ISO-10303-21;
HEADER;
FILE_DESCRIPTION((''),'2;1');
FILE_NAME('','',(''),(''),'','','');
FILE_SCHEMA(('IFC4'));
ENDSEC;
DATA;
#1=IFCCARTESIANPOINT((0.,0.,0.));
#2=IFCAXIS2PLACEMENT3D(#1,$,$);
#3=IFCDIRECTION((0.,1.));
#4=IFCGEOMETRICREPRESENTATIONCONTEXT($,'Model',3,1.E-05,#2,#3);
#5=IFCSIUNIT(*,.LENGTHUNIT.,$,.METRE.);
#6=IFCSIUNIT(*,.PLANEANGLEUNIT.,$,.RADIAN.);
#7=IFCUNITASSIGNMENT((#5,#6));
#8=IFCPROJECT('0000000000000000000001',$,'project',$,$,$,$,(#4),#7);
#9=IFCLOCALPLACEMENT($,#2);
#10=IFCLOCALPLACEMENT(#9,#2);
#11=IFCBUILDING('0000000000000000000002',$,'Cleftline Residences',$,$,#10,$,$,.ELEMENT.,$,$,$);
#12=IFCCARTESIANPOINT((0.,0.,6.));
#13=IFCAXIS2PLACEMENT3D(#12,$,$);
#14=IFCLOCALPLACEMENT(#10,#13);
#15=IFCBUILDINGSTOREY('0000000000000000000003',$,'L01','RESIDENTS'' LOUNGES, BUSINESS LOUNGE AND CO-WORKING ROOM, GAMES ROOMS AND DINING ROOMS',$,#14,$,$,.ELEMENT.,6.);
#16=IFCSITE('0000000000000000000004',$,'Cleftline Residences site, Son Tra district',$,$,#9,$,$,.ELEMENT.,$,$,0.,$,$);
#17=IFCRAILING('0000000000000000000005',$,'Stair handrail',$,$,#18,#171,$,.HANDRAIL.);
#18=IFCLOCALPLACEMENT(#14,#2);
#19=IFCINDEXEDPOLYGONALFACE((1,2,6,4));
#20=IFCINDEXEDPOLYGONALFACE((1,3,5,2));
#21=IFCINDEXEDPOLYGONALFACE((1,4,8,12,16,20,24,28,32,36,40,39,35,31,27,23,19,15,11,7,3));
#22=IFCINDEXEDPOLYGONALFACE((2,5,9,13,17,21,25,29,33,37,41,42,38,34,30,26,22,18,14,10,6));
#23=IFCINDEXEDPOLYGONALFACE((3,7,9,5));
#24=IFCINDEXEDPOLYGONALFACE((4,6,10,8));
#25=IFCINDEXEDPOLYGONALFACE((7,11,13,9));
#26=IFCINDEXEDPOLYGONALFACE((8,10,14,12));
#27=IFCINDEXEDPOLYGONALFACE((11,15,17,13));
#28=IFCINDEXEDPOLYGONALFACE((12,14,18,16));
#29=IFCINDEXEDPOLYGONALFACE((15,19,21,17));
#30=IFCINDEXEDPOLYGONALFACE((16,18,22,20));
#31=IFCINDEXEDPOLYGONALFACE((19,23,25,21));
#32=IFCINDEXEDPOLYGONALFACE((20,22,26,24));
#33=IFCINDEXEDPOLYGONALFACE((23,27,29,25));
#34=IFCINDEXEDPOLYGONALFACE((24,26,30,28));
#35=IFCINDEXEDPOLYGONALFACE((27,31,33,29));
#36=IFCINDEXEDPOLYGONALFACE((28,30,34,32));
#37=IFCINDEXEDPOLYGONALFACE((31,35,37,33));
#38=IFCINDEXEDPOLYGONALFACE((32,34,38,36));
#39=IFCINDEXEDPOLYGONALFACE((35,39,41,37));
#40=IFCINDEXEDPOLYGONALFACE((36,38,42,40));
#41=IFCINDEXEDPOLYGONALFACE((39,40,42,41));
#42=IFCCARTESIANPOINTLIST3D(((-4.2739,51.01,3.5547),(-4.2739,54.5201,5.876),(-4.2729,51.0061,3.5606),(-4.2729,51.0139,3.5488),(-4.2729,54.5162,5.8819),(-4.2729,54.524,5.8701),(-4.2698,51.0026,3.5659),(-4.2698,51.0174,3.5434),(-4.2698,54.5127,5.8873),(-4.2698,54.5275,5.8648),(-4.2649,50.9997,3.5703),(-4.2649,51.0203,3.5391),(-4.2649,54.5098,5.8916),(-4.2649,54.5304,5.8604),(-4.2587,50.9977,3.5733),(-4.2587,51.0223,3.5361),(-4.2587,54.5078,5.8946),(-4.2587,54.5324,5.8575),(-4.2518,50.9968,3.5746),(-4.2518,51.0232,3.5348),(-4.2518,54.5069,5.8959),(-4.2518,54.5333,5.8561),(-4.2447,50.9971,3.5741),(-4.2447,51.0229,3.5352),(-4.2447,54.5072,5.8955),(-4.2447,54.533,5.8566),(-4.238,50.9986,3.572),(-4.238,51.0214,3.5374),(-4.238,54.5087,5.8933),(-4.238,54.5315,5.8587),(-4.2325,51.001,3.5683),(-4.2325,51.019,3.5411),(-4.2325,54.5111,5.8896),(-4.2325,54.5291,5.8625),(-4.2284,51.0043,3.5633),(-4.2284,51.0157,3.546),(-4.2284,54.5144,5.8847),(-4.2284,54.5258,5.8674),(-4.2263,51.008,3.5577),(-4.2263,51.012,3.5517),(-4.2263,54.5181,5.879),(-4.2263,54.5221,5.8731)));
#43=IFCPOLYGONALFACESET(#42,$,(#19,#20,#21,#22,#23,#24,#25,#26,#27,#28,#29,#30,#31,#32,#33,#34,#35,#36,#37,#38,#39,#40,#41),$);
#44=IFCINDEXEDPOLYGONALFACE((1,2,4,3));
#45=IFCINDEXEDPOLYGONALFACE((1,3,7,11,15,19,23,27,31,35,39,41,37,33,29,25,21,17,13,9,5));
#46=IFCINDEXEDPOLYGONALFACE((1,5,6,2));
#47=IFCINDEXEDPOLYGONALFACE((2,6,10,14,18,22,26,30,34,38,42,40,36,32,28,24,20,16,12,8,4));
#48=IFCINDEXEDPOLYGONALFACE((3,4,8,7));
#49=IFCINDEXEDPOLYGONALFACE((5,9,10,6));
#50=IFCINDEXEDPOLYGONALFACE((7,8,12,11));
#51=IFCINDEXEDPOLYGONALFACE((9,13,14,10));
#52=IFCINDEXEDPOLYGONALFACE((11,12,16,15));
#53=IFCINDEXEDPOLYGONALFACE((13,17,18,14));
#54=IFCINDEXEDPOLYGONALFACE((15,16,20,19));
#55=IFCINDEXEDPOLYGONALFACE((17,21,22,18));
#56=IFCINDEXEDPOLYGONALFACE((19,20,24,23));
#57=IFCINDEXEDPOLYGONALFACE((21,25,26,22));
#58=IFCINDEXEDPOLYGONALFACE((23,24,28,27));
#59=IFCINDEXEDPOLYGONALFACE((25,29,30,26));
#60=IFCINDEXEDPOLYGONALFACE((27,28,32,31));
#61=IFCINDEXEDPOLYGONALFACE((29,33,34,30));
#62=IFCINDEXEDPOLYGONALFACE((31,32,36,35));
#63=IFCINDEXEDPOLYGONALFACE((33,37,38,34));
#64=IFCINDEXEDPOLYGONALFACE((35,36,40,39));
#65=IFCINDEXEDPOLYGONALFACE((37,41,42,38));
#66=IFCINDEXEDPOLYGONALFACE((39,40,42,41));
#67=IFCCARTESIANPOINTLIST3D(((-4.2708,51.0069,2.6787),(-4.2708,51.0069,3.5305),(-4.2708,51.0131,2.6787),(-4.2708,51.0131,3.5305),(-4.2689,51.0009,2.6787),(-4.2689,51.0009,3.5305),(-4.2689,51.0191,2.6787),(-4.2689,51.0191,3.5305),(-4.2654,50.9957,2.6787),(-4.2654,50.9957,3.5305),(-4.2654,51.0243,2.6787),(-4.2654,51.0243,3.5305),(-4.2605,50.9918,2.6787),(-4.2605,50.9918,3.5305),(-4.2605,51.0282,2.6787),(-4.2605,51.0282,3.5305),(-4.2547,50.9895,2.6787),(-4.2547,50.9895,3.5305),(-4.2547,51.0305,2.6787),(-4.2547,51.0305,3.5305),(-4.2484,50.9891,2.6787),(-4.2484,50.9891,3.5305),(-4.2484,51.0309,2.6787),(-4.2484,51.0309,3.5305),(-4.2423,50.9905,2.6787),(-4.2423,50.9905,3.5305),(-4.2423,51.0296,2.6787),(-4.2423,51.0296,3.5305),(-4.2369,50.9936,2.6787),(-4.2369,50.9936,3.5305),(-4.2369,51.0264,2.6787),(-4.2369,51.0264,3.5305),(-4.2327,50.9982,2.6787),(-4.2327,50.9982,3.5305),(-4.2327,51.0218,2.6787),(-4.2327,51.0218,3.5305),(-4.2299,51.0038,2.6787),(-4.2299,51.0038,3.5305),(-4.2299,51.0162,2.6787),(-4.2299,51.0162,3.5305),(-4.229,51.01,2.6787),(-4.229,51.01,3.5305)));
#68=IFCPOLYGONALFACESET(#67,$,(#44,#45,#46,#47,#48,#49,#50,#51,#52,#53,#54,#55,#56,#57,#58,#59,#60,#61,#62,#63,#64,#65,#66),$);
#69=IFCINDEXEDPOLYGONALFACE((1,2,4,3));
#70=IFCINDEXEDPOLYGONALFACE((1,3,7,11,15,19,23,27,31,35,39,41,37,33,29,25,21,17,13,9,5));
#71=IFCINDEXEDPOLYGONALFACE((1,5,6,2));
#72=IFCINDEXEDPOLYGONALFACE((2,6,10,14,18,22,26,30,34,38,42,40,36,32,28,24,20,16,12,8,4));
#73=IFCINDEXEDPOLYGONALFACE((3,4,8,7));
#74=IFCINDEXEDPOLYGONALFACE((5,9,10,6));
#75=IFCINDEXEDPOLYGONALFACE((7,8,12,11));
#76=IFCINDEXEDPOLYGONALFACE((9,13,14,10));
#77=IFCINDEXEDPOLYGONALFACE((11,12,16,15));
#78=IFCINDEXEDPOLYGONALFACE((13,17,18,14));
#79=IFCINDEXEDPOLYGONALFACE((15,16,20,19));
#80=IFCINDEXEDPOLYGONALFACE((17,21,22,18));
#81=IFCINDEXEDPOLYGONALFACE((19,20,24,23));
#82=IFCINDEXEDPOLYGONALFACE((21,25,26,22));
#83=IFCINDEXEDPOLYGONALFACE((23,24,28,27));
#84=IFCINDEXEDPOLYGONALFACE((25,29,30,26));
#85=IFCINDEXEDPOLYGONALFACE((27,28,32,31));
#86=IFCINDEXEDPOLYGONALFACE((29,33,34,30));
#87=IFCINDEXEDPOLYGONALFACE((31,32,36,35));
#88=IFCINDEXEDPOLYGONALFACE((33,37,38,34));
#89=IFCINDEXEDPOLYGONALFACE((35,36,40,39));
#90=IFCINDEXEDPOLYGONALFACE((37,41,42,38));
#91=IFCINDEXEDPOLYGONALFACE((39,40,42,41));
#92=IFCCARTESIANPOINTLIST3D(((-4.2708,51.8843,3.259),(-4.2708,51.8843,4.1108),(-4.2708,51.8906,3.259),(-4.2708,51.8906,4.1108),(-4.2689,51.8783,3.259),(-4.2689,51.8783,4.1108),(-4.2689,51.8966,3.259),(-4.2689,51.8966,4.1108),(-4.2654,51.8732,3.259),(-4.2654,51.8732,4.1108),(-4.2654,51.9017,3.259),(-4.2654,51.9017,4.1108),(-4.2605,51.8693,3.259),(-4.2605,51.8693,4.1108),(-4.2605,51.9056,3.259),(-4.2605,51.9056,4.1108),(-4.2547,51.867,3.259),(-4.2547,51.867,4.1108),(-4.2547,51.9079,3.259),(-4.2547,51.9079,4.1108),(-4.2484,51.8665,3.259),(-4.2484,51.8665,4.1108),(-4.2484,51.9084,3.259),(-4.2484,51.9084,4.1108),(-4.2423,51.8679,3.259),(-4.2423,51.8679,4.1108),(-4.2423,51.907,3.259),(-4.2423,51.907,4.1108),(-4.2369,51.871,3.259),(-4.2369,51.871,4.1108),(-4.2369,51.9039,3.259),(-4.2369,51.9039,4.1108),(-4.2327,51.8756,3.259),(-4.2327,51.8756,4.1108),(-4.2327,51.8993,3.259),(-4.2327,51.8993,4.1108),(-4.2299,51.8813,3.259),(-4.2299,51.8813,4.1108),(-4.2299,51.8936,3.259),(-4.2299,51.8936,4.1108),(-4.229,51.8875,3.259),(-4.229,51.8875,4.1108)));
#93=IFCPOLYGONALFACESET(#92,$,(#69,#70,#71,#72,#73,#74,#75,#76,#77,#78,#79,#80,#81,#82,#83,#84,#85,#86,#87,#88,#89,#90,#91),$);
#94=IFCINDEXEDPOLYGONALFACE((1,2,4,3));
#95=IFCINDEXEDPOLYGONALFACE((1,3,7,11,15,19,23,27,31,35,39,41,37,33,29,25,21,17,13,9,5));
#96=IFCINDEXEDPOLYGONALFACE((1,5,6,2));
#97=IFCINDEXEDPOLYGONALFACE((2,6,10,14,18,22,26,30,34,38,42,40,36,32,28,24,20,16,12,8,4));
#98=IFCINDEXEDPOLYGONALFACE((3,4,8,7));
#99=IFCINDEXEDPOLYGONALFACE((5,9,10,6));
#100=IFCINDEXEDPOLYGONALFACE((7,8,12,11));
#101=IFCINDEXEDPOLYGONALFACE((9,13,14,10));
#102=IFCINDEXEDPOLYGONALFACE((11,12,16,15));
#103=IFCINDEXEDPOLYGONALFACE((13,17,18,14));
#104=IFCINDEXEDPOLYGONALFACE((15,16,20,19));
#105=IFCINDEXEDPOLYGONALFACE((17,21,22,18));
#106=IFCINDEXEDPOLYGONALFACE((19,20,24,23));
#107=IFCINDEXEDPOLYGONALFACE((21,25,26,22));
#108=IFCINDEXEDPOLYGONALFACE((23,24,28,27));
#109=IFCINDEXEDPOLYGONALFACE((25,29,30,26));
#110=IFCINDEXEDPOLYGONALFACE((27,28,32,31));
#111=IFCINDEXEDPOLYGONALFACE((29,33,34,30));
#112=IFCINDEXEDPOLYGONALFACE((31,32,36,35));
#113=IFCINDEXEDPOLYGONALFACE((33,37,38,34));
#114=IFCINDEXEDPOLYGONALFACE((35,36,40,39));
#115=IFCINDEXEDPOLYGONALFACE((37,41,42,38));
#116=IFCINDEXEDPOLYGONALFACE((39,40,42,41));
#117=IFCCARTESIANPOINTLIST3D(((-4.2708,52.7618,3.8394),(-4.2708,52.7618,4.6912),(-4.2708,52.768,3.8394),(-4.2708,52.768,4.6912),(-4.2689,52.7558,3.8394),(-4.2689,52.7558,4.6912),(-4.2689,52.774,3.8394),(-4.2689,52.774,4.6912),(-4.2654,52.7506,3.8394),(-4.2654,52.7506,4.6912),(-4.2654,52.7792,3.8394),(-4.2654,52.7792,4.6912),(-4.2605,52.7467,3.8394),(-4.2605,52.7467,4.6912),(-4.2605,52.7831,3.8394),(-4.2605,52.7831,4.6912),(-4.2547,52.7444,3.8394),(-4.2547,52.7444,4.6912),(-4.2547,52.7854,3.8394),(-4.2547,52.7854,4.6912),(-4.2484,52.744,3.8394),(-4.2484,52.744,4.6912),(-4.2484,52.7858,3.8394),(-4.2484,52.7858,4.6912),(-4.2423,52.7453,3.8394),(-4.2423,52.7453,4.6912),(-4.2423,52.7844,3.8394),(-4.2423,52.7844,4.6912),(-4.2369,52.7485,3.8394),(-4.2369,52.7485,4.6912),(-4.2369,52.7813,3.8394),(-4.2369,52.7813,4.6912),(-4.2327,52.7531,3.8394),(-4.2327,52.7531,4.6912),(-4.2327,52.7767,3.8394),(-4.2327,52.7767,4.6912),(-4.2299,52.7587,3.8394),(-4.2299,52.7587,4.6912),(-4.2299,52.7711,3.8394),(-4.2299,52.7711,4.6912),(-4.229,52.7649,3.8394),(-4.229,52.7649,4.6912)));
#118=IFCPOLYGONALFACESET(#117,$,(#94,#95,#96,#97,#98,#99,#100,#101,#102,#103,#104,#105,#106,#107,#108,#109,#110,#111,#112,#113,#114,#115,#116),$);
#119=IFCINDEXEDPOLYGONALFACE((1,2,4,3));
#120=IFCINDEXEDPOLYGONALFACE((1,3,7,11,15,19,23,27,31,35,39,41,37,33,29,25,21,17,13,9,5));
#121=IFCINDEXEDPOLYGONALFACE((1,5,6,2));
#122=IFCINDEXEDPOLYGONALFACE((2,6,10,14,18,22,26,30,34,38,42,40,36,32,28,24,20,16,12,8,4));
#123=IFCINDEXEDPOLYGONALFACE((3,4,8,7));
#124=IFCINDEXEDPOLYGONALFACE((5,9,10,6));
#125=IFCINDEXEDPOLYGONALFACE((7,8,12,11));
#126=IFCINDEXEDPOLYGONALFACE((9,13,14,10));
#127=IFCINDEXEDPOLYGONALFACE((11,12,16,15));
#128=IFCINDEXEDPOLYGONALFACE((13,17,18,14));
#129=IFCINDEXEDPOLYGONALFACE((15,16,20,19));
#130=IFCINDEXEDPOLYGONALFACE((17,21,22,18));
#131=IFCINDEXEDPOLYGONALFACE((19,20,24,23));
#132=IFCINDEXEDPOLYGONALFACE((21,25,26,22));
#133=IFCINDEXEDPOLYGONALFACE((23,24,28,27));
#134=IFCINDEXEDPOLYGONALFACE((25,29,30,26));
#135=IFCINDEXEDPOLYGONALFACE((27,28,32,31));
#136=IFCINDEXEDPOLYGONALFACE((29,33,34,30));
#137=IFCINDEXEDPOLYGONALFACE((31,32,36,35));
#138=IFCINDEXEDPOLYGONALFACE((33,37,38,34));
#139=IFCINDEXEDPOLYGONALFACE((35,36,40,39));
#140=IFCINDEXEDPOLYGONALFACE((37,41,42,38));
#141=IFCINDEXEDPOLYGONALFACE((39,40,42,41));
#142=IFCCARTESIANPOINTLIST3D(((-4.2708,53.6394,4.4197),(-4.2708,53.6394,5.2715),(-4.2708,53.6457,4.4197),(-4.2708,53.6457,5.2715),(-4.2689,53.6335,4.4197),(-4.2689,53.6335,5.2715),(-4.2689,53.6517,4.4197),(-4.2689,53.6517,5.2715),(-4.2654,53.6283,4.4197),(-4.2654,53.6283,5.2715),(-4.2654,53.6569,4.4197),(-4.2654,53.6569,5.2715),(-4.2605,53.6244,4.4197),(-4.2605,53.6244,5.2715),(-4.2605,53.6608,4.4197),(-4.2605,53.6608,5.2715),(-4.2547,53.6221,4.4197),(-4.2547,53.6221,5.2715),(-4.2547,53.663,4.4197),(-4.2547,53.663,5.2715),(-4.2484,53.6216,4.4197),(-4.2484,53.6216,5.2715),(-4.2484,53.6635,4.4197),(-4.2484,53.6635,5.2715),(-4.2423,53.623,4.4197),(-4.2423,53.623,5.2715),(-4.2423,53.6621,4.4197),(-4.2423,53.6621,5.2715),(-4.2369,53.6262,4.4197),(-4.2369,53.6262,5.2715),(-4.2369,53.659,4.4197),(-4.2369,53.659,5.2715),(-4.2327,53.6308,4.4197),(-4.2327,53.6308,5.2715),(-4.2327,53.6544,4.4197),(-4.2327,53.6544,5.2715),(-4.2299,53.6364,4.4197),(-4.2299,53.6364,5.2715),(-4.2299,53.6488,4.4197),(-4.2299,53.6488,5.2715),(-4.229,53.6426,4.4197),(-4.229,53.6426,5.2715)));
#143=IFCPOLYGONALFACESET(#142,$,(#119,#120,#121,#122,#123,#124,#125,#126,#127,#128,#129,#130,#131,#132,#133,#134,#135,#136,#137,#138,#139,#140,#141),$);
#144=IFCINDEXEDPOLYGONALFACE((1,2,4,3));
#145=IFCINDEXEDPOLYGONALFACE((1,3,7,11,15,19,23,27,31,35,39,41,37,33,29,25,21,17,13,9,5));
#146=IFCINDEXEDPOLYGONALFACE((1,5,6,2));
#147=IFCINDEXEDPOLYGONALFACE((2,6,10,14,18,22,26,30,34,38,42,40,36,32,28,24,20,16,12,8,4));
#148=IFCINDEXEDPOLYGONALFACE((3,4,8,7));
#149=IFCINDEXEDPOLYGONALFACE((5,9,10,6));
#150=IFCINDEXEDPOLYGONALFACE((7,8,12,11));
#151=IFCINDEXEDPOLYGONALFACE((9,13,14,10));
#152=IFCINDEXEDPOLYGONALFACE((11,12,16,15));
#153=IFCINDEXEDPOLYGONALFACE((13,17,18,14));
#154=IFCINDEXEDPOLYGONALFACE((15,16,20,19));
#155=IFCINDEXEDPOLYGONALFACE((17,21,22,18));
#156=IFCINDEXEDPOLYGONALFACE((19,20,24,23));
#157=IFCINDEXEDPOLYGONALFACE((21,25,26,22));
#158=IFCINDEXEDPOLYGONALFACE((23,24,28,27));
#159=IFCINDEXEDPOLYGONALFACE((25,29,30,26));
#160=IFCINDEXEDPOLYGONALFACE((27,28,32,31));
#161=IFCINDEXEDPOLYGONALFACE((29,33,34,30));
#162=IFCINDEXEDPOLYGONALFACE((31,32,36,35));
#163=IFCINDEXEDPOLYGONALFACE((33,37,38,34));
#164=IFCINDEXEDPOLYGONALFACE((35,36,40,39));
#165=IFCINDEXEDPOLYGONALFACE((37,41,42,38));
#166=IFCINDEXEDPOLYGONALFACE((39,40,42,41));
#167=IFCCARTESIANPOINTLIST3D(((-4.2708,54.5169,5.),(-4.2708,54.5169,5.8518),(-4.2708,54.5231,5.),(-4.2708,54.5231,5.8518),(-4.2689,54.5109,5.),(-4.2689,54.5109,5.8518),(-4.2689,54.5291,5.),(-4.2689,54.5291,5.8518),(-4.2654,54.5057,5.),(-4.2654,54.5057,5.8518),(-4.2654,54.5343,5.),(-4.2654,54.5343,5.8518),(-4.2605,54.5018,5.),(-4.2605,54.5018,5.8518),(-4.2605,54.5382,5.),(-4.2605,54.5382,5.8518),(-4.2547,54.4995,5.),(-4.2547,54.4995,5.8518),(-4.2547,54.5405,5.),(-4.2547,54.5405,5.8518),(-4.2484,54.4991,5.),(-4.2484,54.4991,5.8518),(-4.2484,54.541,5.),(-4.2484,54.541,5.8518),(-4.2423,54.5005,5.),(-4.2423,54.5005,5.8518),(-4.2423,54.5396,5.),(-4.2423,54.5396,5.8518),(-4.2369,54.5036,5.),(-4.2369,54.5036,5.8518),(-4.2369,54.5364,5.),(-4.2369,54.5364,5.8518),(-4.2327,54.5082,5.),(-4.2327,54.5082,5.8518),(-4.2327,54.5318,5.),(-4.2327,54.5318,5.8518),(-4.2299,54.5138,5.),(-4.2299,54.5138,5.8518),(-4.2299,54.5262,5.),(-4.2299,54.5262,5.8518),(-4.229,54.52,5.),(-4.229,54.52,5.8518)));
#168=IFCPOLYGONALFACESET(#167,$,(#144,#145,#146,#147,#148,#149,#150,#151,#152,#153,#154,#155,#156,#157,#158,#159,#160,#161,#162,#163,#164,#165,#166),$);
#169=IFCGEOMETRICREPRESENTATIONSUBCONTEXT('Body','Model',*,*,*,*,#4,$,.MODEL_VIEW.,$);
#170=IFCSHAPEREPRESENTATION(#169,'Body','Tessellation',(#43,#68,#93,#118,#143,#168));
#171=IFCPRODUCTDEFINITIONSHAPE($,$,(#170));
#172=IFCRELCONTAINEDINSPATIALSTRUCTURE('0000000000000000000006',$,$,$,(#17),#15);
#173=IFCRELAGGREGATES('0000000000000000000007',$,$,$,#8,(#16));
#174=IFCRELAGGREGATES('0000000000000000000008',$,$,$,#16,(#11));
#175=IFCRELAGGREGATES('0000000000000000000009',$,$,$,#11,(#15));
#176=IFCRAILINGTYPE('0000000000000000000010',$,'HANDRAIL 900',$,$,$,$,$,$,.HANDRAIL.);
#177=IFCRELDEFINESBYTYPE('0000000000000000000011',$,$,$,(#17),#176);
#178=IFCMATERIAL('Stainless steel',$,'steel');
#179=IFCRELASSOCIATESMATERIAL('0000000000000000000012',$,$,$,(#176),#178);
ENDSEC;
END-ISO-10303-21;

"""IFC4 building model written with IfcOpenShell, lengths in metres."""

from ifc_helpers import new_model, si_unit, direction, frame, origin, origin_2d, place, context, subcontext, project, spatial, circle, extrude, material, type_object, element, save


model = new_model("IFC4")

# Units and contexts
model_context = context("Model", 3, precision=1e-05, world=origin(), true_north=direction((0.0, 1.0)))
body_context = subcontext(model_context, "Body", "Model", "MODEL_VIEW")
ifc_project = project(units=[si_unit("LENGTHUNIT", "METRE"), si_unit("PLANEANGLEUNIT", "RADIAN")], contexts=[model_context])

# Site, building, storey
site_placement = place(None, origin())
site = spatial("IfcSite", under=ifc_project, at=site_placement, Name="Cleftline Residences site, Son Tra district", CompositionType="ELEMENT", RefElevation=0.0)
building_placement = place(site_placement, origin())
building = spatial("IfcBuilding", under=site, at=building_placement, Name="Cleftline Residences", CompositionType="ELEMENT")
storey_placement = place(building_placement, frame((0.0, 0.0, 6.0)))
storey = spatial("IfcBuildingStorey", under=building, at=storey_placement, Name="L01", Description="RESIDENTS' LOUNGES, BUSINESS LOUNGE AND CO-WORKING ROOM, GAMES ROOMS AND DINING ROOMS", CompositionType="ELEMENT", Elevation=6.0)

# Railing
ifc_material_1 = material(Name="Stainless steel", Category="steel")
railing_type = type_object("IfcRailingType", Name="HANDRAIL 900", PredefinedType="HANDRAIL", material=ifc_material_1)
railing_1_placement = place(storey_placement, frame((-4.25, 51.01, 2.6787)))
element("IfcRailing", 1, at=railing_1_placement, inside=storey, type_object=railing_type, Name="Stair handrail", PredefinedType="HANDRAIL", context=body_context, shape_type="SweptSolid", body=[
    extrude(circle(Radius=0.0239, at=origin_2d()), frame((0.0, 0.0, 0.876), z_axis=(0.0, 0.834097, 0.551617), x_axis=(-1.0, 0.0, 0.0)), (0.0, 0.0, 1.0), 4.2083),
    extrude(circle(Radius=0.021, at=origin_2d()), origin(), (0.0, 0.0, 1.0), 0.8518),
    extrude(circle(Radius=0.021, at=origin_2d()), frame((0.0, 0.8774, 0.5803)), (0.0, 0.0, 1.0), 0.8518),
    extrude(circle(Radius=0.021, at=origin_2d()), frame((0.0, 1.7549, 1.1606)), (0.0, 0.0, 1.0), 0.8518),
    extrude(circle(Radius=0.021, at=origin_2d()), frame((0.0, 2.6326, 1.741)), (0.0, 0.0, 1.0), 0.8518),
    extrude(circle(Radius=0.021, at=origin_2d()), frame((0.0, 3.51, 2.3213)), (0.0, 0.0, 1.0), 0.8518),
])

save(model, "model.ifc")
